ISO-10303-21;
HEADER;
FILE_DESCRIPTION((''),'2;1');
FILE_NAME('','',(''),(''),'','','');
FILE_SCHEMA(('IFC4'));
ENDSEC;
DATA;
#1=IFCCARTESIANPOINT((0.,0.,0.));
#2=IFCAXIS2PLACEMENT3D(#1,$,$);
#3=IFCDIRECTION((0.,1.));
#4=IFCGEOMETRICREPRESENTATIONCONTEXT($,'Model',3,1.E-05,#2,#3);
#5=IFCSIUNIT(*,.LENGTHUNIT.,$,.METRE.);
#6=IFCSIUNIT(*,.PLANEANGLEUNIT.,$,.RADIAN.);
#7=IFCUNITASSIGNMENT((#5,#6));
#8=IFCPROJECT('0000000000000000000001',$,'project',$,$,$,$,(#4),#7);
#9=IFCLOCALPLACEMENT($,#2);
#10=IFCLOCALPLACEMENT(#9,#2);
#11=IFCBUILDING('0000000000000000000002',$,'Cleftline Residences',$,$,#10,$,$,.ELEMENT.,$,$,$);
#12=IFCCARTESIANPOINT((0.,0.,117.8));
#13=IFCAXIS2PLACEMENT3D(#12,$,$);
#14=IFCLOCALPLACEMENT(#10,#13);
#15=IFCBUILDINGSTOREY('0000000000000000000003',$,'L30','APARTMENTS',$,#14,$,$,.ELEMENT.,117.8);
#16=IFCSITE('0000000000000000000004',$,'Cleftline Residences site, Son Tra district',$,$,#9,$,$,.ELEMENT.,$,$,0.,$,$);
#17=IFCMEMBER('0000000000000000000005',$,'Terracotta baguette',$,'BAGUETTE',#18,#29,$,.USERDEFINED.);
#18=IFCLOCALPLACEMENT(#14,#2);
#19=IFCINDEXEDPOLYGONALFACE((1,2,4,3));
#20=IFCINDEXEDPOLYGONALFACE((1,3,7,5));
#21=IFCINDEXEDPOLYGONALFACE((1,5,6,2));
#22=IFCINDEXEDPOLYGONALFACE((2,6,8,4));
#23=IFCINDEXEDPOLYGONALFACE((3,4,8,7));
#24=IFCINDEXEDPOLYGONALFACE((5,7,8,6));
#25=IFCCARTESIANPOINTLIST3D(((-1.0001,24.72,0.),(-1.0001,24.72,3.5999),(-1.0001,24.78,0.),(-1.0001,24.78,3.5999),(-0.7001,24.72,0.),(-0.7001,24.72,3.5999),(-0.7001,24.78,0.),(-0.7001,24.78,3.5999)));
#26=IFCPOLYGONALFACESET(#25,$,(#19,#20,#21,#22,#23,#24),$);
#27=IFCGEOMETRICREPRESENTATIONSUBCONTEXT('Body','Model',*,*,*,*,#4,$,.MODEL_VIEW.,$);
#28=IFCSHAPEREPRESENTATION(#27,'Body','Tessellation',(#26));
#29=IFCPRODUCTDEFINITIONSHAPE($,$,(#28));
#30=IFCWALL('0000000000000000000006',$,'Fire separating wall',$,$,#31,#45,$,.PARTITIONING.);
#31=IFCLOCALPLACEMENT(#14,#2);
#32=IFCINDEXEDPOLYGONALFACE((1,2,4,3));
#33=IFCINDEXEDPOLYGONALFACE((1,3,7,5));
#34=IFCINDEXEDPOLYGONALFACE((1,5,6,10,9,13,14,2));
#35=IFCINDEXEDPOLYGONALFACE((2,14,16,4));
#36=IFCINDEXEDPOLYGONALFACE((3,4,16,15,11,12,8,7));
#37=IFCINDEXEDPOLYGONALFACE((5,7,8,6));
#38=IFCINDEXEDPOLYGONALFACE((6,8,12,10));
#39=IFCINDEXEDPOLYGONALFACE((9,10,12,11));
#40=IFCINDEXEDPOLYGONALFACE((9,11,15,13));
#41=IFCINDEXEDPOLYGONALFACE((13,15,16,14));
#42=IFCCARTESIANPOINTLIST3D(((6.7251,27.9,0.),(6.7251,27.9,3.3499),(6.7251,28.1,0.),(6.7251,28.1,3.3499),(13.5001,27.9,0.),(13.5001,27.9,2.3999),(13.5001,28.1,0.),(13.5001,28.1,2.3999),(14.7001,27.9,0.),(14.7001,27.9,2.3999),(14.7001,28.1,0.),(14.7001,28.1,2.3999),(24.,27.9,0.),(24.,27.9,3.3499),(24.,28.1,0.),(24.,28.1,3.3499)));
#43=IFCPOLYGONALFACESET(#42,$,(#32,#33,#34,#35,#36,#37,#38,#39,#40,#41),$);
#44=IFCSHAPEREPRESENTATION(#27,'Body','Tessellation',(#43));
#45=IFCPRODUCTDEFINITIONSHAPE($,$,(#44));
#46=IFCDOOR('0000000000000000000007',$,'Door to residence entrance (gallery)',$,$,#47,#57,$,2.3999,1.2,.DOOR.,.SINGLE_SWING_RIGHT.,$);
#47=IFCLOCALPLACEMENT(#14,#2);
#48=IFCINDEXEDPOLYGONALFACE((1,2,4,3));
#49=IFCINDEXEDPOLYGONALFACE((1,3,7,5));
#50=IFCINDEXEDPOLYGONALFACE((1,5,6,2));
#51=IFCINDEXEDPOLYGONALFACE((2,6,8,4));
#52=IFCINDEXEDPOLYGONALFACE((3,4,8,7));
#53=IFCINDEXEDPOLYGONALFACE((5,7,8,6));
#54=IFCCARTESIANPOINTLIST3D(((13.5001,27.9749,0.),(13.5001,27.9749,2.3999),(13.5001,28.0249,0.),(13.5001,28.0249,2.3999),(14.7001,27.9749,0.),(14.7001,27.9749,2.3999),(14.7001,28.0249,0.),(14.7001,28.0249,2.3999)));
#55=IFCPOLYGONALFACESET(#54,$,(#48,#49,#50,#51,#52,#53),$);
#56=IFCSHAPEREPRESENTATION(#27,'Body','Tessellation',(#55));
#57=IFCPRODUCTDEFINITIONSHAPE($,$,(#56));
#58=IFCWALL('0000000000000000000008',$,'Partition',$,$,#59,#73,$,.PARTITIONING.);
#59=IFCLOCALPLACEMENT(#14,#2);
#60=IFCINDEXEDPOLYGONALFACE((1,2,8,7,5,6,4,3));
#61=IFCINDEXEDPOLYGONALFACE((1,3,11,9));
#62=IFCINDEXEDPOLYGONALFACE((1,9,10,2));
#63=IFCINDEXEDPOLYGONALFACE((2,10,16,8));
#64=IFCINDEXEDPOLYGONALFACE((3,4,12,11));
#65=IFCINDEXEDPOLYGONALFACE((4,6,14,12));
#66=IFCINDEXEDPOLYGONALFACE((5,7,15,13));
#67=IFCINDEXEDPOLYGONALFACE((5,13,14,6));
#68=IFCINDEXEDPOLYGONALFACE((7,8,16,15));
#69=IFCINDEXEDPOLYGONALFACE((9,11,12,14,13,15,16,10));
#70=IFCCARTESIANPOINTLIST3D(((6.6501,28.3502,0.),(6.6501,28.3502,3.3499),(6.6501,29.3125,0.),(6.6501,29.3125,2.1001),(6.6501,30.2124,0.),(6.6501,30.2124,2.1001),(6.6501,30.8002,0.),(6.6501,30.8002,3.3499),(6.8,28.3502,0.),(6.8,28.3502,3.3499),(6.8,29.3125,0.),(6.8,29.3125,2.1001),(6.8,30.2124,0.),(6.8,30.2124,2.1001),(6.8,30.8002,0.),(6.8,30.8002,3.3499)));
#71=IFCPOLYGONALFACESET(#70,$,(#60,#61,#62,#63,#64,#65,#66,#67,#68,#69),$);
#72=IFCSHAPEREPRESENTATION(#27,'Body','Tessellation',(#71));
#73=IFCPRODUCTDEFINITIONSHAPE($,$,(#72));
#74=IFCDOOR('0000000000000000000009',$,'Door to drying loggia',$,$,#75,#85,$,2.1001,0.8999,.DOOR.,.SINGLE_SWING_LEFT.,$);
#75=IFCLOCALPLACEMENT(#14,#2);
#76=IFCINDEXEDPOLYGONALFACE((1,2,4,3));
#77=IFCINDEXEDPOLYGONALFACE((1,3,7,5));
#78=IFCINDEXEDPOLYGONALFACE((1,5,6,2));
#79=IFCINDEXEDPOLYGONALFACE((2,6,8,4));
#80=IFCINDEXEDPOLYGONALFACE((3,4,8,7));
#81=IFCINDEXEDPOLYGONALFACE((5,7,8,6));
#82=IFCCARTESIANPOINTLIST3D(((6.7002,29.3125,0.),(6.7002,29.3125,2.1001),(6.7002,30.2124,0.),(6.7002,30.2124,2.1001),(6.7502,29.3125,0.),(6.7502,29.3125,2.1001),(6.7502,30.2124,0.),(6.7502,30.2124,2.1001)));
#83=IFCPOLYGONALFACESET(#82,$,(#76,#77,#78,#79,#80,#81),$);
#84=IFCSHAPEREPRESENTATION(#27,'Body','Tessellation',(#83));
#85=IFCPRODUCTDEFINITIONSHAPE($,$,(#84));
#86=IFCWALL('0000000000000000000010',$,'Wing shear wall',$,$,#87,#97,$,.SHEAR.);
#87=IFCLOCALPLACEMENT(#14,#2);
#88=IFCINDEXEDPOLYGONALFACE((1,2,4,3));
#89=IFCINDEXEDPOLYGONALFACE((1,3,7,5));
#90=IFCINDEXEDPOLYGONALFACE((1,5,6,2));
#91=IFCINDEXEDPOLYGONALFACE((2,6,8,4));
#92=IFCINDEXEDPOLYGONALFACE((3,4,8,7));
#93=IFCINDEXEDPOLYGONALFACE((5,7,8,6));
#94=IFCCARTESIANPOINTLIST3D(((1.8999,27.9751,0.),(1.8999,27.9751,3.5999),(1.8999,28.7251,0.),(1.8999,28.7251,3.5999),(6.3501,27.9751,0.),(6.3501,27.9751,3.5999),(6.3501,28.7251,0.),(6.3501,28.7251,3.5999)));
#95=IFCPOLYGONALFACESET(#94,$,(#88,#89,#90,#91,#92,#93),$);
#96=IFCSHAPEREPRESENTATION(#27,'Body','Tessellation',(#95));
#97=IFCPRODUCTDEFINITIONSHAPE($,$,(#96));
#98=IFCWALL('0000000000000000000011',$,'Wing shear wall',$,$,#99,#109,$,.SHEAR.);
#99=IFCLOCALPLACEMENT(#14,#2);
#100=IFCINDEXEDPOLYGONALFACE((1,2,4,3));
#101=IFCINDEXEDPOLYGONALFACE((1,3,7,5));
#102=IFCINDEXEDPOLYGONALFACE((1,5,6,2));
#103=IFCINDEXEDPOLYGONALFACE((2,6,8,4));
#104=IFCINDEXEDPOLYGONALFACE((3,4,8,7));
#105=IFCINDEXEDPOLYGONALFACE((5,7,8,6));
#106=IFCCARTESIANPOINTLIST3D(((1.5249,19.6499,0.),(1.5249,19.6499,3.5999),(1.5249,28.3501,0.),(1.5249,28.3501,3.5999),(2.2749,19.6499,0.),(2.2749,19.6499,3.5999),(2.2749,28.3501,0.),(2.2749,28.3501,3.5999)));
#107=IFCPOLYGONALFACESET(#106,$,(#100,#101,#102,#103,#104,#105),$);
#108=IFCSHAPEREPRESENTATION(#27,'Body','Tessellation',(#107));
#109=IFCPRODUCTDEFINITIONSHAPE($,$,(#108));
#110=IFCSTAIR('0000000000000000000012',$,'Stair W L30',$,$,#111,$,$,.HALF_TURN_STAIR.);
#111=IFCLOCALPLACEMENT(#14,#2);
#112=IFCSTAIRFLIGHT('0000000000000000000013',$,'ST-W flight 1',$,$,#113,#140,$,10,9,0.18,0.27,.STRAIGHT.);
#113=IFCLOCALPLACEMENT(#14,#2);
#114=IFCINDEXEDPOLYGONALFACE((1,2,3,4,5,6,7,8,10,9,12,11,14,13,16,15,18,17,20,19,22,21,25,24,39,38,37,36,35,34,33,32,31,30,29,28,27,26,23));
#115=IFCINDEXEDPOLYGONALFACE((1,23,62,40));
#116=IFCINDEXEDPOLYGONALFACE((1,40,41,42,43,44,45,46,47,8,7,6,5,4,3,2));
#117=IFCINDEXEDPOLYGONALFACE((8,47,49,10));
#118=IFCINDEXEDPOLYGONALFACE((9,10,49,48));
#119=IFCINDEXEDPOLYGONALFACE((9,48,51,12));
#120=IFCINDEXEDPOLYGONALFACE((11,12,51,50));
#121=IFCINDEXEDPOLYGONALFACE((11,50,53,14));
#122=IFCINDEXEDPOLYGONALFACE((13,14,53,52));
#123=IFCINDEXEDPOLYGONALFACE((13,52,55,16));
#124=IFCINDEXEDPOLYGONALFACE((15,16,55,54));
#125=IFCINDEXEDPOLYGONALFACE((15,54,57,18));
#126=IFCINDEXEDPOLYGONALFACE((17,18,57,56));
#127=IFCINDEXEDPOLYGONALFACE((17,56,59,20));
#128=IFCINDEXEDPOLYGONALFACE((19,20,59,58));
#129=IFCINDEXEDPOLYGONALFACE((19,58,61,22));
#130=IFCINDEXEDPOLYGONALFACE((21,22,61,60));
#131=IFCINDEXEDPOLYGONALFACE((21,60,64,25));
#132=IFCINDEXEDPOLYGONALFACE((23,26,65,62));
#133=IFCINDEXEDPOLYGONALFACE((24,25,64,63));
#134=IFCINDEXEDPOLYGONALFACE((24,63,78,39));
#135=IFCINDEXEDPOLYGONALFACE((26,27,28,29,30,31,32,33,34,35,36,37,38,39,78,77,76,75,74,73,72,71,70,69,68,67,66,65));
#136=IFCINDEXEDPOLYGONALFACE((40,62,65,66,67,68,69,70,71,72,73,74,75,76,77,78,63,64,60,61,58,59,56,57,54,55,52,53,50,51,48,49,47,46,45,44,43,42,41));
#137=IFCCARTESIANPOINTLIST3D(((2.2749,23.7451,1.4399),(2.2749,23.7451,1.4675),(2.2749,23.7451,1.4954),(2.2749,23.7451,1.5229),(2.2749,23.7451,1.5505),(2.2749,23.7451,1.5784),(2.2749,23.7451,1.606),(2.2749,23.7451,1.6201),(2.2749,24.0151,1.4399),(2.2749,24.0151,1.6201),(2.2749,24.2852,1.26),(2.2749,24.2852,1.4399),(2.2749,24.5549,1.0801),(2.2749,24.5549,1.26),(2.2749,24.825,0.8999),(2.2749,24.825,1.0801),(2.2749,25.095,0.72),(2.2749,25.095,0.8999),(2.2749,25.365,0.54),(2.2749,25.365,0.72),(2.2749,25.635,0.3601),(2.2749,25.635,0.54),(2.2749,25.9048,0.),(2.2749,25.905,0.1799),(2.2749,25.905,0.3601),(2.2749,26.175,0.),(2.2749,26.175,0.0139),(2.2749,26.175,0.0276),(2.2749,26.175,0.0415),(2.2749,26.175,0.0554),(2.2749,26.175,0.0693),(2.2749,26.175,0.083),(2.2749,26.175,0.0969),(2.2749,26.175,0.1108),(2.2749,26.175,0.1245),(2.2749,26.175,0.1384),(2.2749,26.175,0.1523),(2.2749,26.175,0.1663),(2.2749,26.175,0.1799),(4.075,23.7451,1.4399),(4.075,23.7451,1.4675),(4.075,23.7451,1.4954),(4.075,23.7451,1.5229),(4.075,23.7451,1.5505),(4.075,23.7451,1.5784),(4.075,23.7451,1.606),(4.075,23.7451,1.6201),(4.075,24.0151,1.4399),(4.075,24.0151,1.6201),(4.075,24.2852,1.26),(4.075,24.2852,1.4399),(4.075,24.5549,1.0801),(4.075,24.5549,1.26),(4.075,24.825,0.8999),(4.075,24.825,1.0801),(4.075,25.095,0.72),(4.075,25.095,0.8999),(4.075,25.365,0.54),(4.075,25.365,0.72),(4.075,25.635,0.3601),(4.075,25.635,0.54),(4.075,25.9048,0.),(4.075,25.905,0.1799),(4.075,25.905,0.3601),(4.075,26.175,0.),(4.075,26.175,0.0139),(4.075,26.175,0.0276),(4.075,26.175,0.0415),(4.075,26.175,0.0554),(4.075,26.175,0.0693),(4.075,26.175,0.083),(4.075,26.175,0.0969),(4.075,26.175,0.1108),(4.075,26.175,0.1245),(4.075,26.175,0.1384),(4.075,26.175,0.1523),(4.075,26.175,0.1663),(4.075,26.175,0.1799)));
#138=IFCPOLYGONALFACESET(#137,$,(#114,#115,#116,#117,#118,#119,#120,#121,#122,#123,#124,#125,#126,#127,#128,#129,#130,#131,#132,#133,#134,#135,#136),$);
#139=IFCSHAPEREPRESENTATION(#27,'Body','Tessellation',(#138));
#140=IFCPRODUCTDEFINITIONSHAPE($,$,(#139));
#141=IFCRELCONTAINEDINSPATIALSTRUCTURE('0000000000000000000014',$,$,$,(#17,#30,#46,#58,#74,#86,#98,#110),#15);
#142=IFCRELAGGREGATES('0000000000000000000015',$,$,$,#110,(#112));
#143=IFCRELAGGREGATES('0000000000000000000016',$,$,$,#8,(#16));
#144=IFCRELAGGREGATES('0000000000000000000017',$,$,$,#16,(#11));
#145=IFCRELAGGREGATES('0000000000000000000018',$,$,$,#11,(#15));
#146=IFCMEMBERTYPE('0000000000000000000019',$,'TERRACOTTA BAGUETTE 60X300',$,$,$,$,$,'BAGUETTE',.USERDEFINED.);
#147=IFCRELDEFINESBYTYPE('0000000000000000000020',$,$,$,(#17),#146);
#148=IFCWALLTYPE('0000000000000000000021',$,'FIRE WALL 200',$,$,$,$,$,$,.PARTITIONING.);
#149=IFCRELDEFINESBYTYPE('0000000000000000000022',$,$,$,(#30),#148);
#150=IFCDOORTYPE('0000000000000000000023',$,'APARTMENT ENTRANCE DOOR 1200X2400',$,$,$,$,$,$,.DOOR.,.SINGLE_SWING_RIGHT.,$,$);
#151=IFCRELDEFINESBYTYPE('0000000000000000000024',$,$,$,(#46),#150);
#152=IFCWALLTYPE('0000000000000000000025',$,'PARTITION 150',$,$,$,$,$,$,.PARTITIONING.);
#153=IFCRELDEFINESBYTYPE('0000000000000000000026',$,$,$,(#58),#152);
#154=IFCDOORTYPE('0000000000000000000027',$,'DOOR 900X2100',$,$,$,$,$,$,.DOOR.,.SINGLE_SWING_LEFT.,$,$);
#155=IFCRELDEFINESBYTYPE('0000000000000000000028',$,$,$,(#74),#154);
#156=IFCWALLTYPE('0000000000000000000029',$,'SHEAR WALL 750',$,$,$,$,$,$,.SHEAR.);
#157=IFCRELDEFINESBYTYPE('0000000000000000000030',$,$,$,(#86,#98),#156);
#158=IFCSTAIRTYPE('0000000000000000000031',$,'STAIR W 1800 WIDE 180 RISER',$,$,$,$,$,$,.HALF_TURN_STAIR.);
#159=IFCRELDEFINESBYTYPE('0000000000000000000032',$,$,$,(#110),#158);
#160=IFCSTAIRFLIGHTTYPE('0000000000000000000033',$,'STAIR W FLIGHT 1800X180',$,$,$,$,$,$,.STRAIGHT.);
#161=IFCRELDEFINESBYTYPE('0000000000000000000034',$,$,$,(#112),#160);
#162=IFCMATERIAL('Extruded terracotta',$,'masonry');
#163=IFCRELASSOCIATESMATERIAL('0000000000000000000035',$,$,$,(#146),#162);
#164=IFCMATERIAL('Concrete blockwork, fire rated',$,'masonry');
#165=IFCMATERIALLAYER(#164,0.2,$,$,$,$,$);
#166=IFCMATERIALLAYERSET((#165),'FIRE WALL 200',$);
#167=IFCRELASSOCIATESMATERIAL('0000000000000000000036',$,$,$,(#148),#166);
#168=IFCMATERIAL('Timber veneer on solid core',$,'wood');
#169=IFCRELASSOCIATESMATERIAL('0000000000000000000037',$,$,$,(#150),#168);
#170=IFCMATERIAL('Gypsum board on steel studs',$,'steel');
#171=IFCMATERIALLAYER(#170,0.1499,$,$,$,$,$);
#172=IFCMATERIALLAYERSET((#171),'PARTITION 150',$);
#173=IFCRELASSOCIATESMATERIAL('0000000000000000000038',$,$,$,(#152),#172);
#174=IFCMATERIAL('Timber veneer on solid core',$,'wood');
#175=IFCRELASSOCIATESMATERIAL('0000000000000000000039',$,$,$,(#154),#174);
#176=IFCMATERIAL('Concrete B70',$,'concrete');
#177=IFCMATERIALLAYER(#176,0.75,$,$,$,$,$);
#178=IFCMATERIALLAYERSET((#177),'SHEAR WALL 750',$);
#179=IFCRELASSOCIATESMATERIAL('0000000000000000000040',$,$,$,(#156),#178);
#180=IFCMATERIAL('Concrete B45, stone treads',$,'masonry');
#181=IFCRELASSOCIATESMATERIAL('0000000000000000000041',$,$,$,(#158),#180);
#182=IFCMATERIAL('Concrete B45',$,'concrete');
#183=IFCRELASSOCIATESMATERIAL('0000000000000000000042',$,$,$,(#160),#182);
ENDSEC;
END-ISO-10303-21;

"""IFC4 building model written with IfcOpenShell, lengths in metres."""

from ifc_helpers import new_model, si_unit, direction, frame, frame_2d, origin, origin_2d, place, context, subcontext, project, spatial, polyline, rectangle, outline, extrude, material, layer, layer_set, material_profile, profile_set, type_object, element, fill, aggregate, save


model = new_model("IFC4")

# Units and contexts
model_context = context("Model", 3, precision=1e-05, world=origin(), true_north=direction((0.0, 1.0)))
body_context = subcontext(model_context, "Body", "Model", "MODEL_VIEW")
ifc_project = project(units=[si_unit("LENGTHUNIT", "METRE"), si_unit("PLANEANGLEUNIT", "RADIAN")], contexts=[model_context])

# Site, building, storey
site_placement = place(None, origin())
site = spatial("IfcSite", under=ifc_project, at=site_placement, Name="Cleftline Residences site, Son Tra district", CompositionType="ELEMENT", RefElevation=0.0)
building_placement = place(site_placement, origin())
building = spatial("IfcBuilding", under=site, at=building_placement, Name="Cleftline Residences", CompositionType="ELEMENT")
storey_placement = place(building_placement, frame((0.0, 0.0, 117.8)))
storey = spatial("IfcBuildingStorey", under=building, at=storey_placement, Name="L30", Description="APARTMENTS", CompositionType="ELEMENT", Elevation=117.8)

# Member
ifc_material_1 = material(Name="Extruded terracotta", Category="masonry")
ifc_material_profile_1 = material_profile(ifc_material_1, rectangle(XDim=0.0601, YDim=0.3, at=origin_2d()))
ifc_profile_set_1 = profile_set([ifc_material_profile_1], Name="Extruded terracotta")
member_type_1 = type_object("IfcMemberType", Name="TERRACOTTA BAGUETTE 60X300", ElementType="BAGUETTE", PredefinedType="USERDEFINED", material=ifc_profile_set_1)
for number, where, z_axis, x_axis, name in (
    (1, (-0.8501, 24.75, 0.0), (0.0, 0.0, 1.0), (0.0, 1.0, 0.0), "Terracotta baguette"),
):
    element("IfcMember", number, at=place(storey_placement, frame(where, z_axis=z_axis, x_axis=x_axis)), inside=storey, type_object=member_type_1, Name=name, ObjectType="BAGUETTE", PredefinedType="USERDEFINED", context=body_context, shape_type="SweptSolid", body=[
        extrude(rectangle(XDim=0.0601, YDim=0.3, at=origin_2d()), origin(), (0.0, 0.0, 1.0), 3.5999),
    ])

# Walls, openings, doors
ifc_material_2 = material(Name="Concrete blockwork, fire rated", Category="masonry")
ifc_layer_1 = layer(ifc_material_2, 0.2)
ifc_layer_set_1 = layer_set([ifc_layer_1], Name="FIRE WALL 200")
wall_type_1 = type_object("IfcWallType", Name="FIRE WALL 200", PredefinedType="PARTITIONING", material=ifc_layer_set_1)
wall_1_placement = place(storey_placement, frame((6.7251, 28.0, 0.0), z_axis=(0.0, 0.0, 1.0), x_axis=(1.0, 0.0, 0.0)))
wall_1 = element("IfcWall", 2, at=wall_1_placement, inside=storey, type_object=wall_type_1, Name="Fire separating wall", PredefinedType="PARTITIONING", context=body_context, shape_type="SweptSolid", body=[
    extrude(rectangle(XDim=17.2749, YDim=0.2, at=frame_2d((8.6375, 0.0))), origin(), (0.0, 0.0, 1.0), 3.3499),
])
opening_1_placement = place(wall_1_placement, frame((6.7749, 0.0, 0.0)))
opening_1 = element("IfcOpeningElement", 3, at=opening_1_placement, cuts=wall_1, PredefinedType="OPENING", context=body_context, shape_type="SweptSolid", body=[
    extrude(rectangle(XDim=1.2, YDim=2.3999, at=frame_2d((0.6001, 1.2))), frame((0.0, 0.1099, 0.0), z_axis=(0.0, -1.0, 0.0), x_axis=(1.0, 0.0, 0.0)), (0.0, 0.0, 1.0), 0.22),
])
ifc_material_3 = material(Name="Timber veneer on solid core", Category="wood")
door_type_1 = type_object("IfcDoorType", Name="APARTMENT ENTRANCE DOOR 1200X2400", OperationType="SINGLE_SWING_RIGHT", PredefinedType="DOOR", material=ifc_material_3)
door_1_placement = place(opening_1_placement, origin())
door_1 = element("IfcDoor", 4, at=door_1_placement, inside=storey, type_object=door_type_1, Name="Door to residence entrance (gallery)", OperationType="SINGLE_SWING_RIGHT", OverallHeight=2.3999, OverallWidth=1.2, PredefinedType="DOOR", context=body_context, shape_type="SweptSolid", body=[
    extrude(rectangle(XDim=1.2, YDim=2.3999, at=frame_2d((0.6001, 1.2))), frame((0.0, 0.0249, 0.0), z_axis=(0.0, -1.0, 0.0), x_axis=(1.0, 0.0, 0.0)), (0.0, 0.0, 1.0), 0.05),
])
fill(opening_1, door_1)
ifc_material_4 = material(Name="Gypsum board on steel studs", Category="steel")
ifc_layer_2 = layer(ifc_material_4, 0.1499)
ifc_layer_set_2 = layer_set([ifc_layer_2], Name="PARTITION 150")
wall_type_2 = type_object("IfcWallType", Name="PARTITION 150", PredefinedType="PARTITIONING", material=ifc_layer_set_2)
wall_2_placement = place(storey_placement, frame((6.7251, 28.3501, 0.0), z_axis=(0.0, 0.0, 1.0), x_axis=(0.0, 1.0, 0.0)))
wall_2 = element("IfcWall", 5, at=wall_2_placement, inside=storey, type_object=wall_type_2, Name="Partition", PredefinedType="PARTITIONING", context=body_context, shape_type="SweptSolid", body=[
    extrude(rectangle(XDim=2.45, YDim=0.1499, at=frame_2d((1.2251, 0.0))), origin(), (0.0, 0.0, 1.0), 3.3499),
])
opening_2_placement = place(wall_2_placement, frame((0.9624, 0.0, 0.0)))
opening_2 = element("IfcOpeningElement", 6, at=opening_2_placement, cuts=wall_2, PredefinedType="OPENING", context=body_context, shape_type="SweptSolid", body=[
    extrude(rectangle(XDim=0.8999, YDim=2.1001, at=frame_2d((0.45, 1.05))), frame((0.0, 0.085, 0.0), z_axis=(0.0, -1.0, 0.0), x_axis=(1.0, 0.0, 0.0)), (0.0, 0.0, 1.0), 0.1699),
])
ifc_material_5 = material(Name="Timber veneer on solid core", Category="wood")
door_type_2 = type_object("IfcDoorType", Name="DOOR 900X2100", OperationType="SINGLE_SWING_LEFT", PredefinedType="DOOR", material=ifc_material_5)
door_2_placement = place(opening_2_placement, origin())
door_2 = element("IfcDoor", 7, at=door_2_placement, inside=storey, type_object=door_type_2, Name="Door to drying loggia", OperationType="SINGLE_SWING_LEFT", OverallHeight=2.1001, OverallWidth=0.8999, PredefinedType="DOOR", context=body_context, shape_type="SweptSolid", body=[
    extrude(rectangle(XDim=0.8999, YDim=2.1001, at=frame_2d((0.45, 1.05))), frame((0.0, 0.0249, 0.0), z_axis=(0.0, -1.0, 0.0), x_axis=(1.0, 0.0, 0.0)), (0.0, 0.0, 1.0), 0.05),
])
fill(opening_2, door_2)

# Walls
ifc_material_6 = material(Name="Concrete B70", Category="concrete")
ifc_layer_3 = layer(ifc_material_6, 0.75)
ifc_layer_set_3 = layer_set([ifc_layer_3], Name="SHEAR WALL 750")
wall_type_3 = type_object("IfcWallType", Name="SHEAR WALL 750", PredefinedType="SHEAR", material=ifc_layer_set_3)
wall_3_placement = place(storey_placement, frame((6.3501, 28.3501, 0.0), z_axis=(0.0, 0.0, 1.0), x_axis=(-1.0, 0.0, 0.0)))
element("IfcWall", 8, at=wall_3_placement, inside=storey, type_object=wall_type_3, Name="Wing shear wall", PredefinedType="SHEAR", context=body_context, shape_type="SweptSolid", body=[
    extrude(rectangle(XDim=4.4502, YDim=0.75, at=frame_2d((2.2251, 0.0))), origin(), (0.0, 0.0, 1.0), 3.5999),
])
wall_4_placement = place(storey_placement, frame((1.8999, 28.3501, 0.0), z_axis=(0.0, 0.0, 1.0), x_axis=(0.0, -1.0, 0.0)))
element("IfcWall", 9, at=wall_4_placement, inside=storey, type_object=wall_type_3, Name="Wing shear wall", PredefinedType="SHEAR", context=body_context, shape_type="SweptSolid", body=[
    extrude(rectangle(XDim=8.7002, YDim=0.75, at=frame_2d((4.3501, 0.0))), origin(), (0.0, 0.0, 1.0), 3.5999),
])

# Stair, stair flight
ifc_material_7 = material(Name="Concrete B45, stone treads", Category="masonry")
stair_type = type_object("IfcStairType", Name="STAIR W 1800 WIDE 180 RISER", PredefinedType="HALF_TURN_STAIR", material=ifc_material_7)
stair_placement = place(storey_placement, origin())
stair = element("IfcStair", 10, at=stair_placement, inside=storey, type_object=stair_type, Name="Stair W L30", PredefinedType="HALF_TURN_STAIR")
ifc_material_8 = material(Name="Concrete B45", Category="concrete")
stair_flight_type = type_object("IfcStairFlightType", Name="STAIR W FLIGHT 1800X180", PredefinedType="STRAIGHT", material=ifc_material_8)
stair_flight_1_placement = place(storey_placement, frame((3.175, 26.175, 0.0), z_axis=(0.0, 0.0, 1.0), x_axis=(0.0, -1.0, 0.0)))
stair_flight_1 = element("IfcStairFlight", 11, at=stair_flight_1_placement, type_object=stair_flight_type, Name="ST-W flight 1", NumberOfRisers=10, NumberOfTreads=9, PredefinedType="STRAIGHT", RiserHeight=0.18, TreadLength=0.27, context=body_context, shape_type="SweptSolid", body=[
    extrude(outline(polyline([(0.0, 0.0), (0.0, 0.0139), (0.0, 0.0276), (0.0, 0.0415), (0.0, 0.0554), (0.0, 0.0693), (0.0, 0.083), (0.0, 0.0969), (0.0, 0.1108), (0.0, 0.1245), (0.0, 0.1384), (0.0, 0.1523), (0.0, 0.1663), (0.0, 0.1799), (0.27, 0.1799), (0.27, 0.3601), (0.54, 0.3601), (0.54, 0.54), (0.8101, 0.54), (0.8101, 0.72), (1.0801, 0.72), (1.0801, 0.8999), (1.3501, 0.8999), (1.3501, 1.0801), (1.6201, 1.0801), (1.6201, 1.26), (1.8899, 1.26), (1.8899, 1.4399), (2.1599, 1.4399), (2.1599, 1.6201), (2.4299, 1.6201), (2.4299, 1.8), (2.4299, 1.7722), (2.4299, 1.7446), (2.4299, 1.7168), (2.4299, 1.6892), (2.4299, 1.6614), (2.4299, 1.6338), (2.4299, 1.606), (2.4299, 1.5784), (2.4299, 1.5505), (2.4299, 1.5229), (2.4299, 1.4954), (2.4299, 1.4675), (2.4299, 1.4399), (0.2703, 0.0), (0.0, 0.0)])), frame((0.0, 0.8999, 0.0), z_axis=(0.0, -1.0, 0.0), x_axis=(1.0, 0.0, 0.0)), (0.0, 0.0, 1.0), 1.8),
])
aggregate(stair, [stair_flight_1])

save(model, "model.ifc")
